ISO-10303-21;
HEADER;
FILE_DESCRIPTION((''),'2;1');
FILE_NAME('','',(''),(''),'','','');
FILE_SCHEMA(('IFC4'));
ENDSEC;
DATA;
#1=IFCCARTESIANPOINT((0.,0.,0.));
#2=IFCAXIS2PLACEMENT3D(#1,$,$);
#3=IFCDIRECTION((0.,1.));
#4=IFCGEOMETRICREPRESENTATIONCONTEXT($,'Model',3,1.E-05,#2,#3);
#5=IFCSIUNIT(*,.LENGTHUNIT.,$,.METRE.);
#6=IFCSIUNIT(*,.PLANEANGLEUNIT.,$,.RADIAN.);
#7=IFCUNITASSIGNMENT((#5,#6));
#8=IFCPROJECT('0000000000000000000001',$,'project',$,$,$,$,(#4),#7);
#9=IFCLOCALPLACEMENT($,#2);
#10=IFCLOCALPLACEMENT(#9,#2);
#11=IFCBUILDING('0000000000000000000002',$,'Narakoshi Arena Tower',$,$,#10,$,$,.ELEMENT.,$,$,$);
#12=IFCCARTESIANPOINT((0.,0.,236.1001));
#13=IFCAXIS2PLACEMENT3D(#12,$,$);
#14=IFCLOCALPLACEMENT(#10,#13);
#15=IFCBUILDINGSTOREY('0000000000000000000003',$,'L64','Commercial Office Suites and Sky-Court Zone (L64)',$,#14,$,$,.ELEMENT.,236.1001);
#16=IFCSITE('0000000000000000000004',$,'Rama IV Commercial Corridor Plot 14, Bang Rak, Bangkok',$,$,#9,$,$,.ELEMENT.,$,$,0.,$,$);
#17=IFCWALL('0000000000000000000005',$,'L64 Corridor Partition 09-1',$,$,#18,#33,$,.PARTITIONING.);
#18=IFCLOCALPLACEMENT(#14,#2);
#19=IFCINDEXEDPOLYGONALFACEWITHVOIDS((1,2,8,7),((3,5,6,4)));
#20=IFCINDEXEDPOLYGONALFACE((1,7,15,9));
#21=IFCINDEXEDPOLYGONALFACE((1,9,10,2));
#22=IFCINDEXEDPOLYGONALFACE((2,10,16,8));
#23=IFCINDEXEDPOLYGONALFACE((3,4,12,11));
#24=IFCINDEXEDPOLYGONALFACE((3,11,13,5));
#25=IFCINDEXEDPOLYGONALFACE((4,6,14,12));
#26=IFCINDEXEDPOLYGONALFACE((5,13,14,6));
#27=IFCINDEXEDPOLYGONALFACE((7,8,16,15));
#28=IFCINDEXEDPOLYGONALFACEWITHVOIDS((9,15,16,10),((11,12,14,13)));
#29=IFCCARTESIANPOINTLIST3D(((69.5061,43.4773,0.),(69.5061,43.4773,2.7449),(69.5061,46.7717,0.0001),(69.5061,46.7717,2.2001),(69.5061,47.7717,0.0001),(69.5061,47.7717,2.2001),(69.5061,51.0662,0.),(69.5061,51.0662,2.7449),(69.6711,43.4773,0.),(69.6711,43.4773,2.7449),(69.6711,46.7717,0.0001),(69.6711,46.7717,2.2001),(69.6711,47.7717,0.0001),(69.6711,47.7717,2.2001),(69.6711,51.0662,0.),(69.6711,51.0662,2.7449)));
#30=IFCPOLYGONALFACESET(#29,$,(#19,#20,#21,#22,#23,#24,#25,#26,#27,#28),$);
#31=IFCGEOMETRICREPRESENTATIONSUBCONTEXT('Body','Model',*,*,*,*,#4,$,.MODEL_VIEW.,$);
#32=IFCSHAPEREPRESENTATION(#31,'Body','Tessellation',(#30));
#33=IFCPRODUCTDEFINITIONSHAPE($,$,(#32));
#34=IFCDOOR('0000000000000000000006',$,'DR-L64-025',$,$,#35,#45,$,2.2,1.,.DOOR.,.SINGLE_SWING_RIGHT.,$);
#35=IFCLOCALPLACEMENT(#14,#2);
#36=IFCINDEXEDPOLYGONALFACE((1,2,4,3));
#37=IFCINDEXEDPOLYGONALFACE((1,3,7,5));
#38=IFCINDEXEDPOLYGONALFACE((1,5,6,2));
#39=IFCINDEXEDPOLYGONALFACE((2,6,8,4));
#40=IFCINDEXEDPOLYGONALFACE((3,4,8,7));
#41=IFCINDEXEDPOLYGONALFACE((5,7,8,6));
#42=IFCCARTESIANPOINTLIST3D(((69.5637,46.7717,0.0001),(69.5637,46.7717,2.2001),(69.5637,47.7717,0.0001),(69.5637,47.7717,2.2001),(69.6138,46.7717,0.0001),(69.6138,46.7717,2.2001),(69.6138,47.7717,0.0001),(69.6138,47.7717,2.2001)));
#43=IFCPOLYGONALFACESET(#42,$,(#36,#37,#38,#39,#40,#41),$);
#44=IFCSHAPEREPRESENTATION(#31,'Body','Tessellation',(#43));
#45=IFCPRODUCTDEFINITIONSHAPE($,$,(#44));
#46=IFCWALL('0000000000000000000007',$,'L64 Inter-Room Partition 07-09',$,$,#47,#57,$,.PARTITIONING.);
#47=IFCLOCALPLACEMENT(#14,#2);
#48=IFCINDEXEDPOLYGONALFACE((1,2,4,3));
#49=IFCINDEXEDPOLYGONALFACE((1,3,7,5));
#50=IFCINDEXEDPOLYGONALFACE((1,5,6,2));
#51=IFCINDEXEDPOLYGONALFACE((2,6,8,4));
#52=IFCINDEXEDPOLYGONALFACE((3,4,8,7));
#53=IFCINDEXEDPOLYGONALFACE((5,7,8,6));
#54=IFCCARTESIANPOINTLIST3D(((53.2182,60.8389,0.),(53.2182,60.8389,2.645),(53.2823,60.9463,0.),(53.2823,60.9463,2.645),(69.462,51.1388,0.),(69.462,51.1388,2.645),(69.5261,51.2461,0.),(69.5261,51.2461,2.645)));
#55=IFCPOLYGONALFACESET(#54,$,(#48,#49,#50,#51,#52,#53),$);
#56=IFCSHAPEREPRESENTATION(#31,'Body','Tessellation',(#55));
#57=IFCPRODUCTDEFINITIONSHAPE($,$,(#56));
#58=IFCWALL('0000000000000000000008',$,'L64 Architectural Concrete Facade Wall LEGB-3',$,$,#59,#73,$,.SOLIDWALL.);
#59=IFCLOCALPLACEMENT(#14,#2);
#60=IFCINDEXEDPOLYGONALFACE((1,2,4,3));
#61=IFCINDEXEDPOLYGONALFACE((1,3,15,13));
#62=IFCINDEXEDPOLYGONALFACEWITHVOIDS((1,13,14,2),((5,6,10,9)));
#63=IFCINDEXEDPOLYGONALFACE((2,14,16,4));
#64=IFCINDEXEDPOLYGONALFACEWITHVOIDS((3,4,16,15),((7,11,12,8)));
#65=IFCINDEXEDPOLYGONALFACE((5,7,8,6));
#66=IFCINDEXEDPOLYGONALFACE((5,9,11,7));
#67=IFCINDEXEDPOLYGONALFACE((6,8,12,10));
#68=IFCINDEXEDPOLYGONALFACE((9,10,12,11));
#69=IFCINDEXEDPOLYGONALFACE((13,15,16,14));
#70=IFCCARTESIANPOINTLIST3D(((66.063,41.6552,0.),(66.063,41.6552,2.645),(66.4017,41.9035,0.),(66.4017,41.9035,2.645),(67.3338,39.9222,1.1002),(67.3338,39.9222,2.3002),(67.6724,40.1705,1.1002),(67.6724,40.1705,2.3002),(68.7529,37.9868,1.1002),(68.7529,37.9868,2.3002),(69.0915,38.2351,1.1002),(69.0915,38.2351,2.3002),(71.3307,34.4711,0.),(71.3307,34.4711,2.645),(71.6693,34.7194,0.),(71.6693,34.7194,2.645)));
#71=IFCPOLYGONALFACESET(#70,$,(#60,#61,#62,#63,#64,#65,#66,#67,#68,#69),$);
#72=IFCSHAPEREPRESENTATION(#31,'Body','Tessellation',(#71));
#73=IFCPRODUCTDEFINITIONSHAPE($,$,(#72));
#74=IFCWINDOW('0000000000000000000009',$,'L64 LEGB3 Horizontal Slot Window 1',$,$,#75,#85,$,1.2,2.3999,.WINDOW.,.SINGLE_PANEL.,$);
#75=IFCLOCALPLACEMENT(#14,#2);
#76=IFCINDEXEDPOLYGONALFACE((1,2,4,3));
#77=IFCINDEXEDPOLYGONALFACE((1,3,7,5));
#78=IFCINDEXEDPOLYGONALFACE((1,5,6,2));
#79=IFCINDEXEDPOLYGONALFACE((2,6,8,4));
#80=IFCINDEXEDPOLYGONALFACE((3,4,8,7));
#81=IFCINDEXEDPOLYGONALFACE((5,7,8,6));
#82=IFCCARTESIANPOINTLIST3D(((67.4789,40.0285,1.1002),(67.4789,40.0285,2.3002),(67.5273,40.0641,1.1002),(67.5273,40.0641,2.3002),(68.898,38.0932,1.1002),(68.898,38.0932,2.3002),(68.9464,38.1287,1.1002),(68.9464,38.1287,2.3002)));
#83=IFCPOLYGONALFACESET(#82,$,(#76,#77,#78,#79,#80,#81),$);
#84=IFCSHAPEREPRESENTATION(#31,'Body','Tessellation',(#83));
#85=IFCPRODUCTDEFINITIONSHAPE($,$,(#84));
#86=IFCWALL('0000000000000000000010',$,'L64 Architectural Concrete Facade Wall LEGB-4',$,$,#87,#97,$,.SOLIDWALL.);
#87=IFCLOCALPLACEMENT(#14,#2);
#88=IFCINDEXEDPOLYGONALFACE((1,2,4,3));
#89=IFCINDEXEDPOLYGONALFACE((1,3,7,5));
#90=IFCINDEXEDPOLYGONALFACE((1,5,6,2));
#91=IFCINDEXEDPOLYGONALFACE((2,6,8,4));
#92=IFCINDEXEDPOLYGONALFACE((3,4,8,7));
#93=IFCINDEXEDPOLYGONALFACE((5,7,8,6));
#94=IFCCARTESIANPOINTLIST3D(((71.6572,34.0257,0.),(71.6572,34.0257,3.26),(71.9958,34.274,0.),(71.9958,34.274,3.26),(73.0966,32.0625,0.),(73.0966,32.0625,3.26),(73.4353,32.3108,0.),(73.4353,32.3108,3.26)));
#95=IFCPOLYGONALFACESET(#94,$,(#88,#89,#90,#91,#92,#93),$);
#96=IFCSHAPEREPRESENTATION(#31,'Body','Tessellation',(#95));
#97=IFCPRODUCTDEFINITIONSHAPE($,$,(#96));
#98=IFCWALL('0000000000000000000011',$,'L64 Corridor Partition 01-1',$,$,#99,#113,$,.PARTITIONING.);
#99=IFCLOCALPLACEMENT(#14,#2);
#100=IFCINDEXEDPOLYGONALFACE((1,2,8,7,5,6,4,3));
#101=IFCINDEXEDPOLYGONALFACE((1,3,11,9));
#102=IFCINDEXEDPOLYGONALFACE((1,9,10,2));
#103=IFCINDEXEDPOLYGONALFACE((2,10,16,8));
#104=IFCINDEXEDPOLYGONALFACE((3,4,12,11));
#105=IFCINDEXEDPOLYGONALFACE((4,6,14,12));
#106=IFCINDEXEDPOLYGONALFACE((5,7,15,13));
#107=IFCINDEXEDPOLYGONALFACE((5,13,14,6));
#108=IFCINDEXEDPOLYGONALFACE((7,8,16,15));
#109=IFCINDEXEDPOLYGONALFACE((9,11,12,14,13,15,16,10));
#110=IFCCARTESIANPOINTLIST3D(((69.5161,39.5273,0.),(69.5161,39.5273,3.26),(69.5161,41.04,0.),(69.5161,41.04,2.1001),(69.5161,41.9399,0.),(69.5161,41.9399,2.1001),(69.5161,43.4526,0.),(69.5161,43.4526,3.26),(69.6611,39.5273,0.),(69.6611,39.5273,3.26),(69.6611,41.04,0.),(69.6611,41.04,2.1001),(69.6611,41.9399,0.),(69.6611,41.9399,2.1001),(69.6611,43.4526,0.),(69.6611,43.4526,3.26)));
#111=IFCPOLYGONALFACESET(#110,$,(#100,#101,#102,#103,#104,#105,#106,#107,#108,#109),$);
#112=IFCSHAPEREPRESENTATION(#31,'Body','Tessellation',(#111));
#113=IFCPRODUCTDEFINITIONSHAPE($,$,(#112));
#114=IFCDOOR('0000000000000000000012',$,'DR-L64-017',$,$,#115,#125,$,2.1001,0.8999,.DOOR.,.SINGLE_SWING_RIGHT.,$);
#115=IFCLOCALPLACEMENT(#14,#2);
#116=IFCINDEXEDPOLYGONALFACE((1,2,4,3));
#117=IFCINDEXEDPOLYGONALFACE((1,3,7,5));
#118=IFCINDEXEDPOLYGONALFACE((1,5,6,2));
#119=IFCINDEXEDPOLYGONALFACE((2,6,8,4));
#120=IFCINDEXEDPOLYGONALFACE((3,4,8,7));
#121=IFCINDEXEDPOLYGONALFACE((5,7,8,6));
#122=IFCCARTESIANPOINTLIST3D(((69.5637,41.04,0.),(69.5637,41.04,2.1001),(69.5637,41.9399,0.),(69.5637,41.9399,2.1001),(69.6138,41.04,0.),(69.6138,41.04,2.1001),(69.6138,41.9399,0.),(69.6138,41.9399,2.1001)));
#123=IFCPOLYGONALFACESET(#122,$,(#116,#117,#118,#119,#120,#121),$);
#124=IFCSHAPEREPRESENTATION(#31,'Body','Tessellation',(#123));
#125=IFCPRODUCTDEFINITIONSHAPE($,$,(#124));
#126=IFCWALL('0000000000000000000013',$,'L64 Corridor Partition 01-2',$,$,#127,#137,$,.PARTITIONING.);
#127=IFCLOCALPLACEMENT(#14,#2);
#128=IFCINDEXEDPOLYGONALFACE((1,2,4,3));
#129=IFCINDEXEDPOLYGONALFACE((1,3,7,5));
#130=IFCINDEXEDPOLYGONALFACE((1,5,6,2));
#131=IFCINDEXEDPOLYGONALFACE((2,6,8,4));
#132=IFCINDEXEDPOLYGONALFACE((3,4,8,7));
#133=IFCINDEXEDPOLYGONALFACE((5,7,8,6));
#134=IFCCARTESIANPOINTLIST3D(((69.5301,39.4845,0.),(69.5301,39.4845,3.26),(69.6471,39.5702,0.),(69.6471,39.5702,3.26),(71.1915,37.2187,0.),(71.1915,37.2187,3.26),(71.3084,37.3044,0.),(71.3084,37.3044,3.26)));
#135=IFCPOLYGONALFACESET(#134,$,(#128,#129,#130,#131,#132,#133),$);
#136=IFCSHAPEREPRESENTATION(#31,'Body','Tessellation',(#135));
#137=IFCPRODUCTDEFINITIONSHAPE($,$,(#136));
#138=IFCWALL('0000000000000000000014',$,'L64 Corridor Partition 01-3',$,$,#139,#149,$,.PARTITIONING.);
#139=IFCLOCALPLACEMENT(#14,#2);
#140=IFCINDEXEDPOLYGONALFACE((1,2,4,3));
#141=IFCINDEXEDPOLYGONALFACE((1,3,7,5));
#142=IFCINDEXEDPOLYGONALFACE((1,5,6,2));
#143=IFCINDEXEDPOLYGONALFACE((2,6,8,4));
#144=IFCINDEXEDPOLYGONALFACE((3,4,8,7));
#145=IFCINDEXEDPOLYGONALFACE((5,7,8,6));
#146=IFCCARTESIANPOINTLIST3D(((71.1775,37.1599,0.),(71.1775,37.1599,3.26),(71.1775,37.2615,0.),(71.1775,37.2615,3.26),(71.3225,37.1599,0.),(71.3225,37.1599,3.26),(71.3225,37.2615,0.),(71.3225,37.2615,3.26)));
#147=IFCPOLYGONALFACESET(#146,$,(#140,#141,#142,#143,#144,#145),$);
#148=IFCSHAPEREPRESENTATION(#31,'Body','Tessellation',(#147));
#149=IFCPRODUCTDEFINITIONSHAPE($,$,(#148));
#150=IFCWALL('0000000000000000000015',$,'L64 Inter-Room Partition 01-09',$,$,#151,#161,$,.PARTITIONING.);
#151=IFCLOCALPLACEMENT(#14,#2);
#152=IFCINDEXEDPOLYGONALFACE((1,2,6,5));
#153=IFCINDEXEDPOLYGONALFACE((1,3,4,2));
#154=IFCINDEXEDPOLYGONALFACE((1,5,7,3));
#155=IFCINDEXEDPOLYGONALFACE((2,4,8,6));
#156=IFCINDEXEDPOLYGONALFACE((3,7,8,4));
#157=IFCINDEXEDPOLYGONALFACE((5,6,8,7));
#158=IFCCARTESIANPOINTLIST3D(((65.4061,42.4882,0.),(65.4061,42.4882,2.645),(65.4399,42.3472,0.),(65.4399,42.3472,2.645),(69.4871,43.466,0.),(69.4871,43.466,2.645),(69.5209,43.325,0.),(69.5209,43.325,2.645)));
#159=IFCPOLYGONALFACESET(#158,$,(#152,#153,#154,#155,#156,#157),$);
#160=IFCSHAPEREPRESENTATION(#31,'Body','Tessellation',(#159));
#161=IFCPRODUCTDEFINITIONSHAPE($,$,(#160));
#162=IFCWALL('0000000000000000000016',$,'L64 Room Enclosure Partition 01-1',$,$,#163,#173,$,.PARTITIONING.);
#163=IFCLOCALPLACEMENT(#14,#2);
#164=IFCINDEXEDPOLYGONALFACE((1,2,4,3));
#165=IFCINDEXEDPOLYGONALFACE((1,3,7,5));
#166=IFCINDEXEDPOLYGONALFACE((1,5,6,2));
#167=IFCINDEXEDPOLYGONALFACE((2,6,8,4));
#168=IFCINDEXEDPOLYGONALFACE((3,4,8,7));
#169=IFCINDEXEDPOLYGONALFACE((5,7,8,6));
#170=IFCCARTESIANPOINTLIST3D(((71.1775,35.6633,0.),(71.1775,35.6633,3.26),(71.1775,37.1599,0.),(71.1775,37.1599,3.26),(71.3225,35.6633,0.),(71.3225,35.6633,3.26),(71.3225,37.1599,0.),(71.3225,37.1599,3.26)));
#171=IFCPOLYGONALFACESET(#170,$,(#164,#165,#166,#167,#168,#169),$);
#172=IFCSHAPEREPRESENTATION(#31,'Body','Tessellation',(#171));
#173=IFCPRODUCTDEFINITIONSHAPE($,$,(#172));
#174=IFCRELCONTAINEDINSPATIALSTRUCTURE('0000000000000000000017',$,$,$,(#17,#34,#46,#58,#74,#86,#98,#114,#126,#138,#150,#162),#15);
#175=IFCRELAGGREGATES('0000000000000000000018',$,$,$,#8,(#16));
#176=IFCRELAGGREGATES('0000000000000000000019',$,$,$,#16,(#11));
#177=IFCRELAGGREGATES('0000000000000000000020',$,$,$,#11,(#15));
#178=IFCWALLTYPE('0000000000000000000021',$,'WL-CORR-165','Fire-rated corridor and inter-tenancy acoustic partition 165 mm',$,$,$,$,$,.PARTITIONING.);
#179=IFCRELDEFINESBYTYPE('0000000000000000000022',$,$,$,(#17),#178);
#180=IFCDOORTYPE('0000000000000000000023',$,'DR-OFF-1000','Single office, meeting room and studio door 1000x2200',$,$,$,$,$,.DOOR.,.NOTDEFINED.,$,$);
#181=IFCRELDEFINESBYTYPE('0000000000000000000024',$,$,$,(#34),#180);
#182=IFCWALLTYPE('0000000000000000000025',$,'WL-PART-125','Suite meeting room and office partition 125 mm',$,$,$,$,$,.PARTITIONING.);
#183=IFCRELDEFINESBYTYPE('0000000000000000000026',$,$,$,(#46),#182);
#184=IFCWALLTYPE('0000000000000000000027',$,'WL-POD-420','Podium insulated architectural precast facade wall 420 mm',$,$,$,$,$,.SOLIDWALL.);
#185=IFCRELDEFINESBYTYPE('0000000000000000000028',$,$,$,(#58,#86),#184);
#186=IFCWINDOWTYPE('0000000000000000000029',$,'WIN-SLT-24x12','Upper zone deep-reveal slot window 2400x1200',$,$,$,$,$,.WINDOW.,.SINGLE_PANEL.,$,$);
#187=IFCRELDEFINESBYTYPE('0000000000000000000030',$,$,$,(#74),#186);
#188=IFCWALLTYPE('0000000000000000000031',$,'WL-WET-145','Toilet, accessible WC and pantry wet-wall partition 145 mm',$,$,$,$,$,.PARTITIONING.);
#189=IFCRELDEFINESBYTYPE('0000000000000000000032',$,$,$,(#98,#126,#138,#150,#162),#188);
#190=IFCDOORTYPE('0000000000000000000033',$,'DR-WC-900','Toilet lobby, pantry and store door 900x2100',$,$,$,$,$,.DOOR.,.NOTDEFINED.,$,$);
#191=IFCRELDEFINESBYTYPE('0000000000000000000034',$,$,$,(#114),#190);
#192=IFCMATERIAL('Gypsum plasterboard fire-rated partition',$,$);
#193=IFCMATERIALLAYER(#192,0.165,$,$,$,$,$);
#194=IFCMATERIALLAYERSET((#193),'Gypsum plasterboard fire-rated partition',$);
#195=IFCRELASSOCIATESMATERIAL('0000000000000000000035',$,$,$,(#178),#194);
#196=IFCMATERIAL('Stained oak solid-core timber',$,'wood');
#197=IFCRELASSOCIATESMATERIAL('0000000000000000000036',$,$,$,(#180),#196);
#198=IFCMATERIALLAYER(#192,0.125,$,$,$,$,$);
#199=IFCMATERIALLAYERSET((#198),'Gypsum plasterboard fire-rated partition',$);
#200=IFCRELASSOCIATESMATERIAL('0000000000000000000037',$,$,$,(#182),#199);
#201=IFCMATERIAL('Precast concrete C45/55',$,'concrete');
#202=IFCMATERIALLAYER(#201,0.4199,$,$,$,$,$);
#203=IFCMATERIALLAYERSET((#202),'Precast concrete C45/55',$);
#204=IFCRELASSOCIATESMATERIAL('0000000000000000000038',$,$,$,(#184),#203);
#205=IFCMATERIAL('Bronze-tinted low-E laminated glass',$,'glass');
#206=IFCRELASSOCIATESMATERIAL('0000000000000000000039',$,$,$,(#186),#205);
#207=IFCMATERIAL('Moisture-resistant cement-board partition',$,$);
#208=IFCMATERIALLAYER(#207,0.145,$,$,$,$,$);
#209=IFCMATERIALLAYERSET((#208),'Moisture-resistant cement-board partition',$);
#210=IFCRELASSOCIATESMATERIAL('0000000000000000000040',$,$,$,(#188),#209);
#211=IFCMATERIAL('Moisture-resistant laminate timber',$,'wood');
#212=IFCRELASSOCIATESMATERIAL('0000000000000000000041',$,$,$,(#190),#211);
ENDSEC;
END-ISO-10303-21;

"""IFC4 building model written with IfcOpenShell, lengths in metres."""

from ifc_helpers import new_model, si_unit, direction, frame, frame_2d, origin, place, context, subcontext, project, spatial, rectangle, extrude, material, layer, layer_set, type_object, element, fill, save


model = new_model("IFC4")

# Units and contexts
model_context = context("Model", 3, precision=1e-05, world=origin(), true_north=direction((0.0, 1.0)))
body_context = subcontext(model_context, "Body", "Model", "MODEL_VIEW")
ifc_project = project(units=[si_unit("LENGTHUNIT", "METRE"), si_unit("PLANEANGLEUNIT", "RADIAN")], contexts=[model_context])

# Site, building, storey
site_placement = place(None, origin())
site = spatial("IfcSite", under=ifc_project, at=site_placement, Name="Rama IV Commercial Corridor Plot 14, Bang Rak, Bangkok", CompositionType="ELEMENT", RefElevation=0.0)
building_placement = place(site_placement, origin())
building = spatial("IfcBuilding", under=site, at=building_placement, Name="Narakoshi Arena Tower", CompositionType="ELEMENT")
storey_placement = place(building_placement, frame((0.0, 0.0, 236.1001)))
storey = spatial("IfcBuildingStorey", under=building, at=storey_placement, Name="L64", Description="Commercial Office Suites and Sky-Court Zone (L64)", CompositionType="ELEMENT", Elevation=236.1001)

# Shared definitions
ifc_material_1 = material(Name="Bronze-tinted low-E laminated glass", Category="glass")

# Shared definitions
ifc_material_2 = material(Name="Gypsum plasterboard fire-rated partition")
ifc_layer_1 = layer(ifc_material_2, 0.165)
ifc_layer_set_1 = layer_set([ifc_layer_1], Name="Gypsum plasterboard fire-rated partition")
wall_type_1 = type_object("IfcWallType", Name="WL-CORR-165", Description="Fire-rated corridor and inter-tenancy acoustic partition 165 mm", PredefinedType="PARTITIONING", material=ifc_layer_set_1)
ifc_material_3 = material(Name="Stained oak solid-core timber", Category="wood")
door_type_1 = type_object("IfcDoorType", Name="DR-OFF-1000", Description="Single office, meeting room and studio door 1000x2200", OperationType="NOTDEFINED", PredefinedType="DOOR", material=ifc_material_3)

# Wall, opening, door
wall_1_placement = place(storey_placement, frame((69.5886, 51.0662, 0.0), z_axis=(0.0, 0.0, 1.0), x_axis=(0.0, -1.0, 0.0)))
wall_1 = element("IfcWall", 1, at=wall_1_placement, inside=storey, type_object=wall_type_1, Name="L64 Corridor Partition 09-1", PredefinedType="PARTITIONING", context=body_context, shape_type="SweptSolid", body=[
    extrude(rectangle(XDim=7.5889, YDim=0.165, at=frame_2d((3.7944, 0.0))), origin(), (0.0, 0.0, 1.0), 2.7449),
])
opening_1_placement = place(wall_1_placement, frame((3.2944, 0.0, 0.0)))
opening_1 = element("IfcOpeningElement", 2, at=opening_1_placement, cuts=wall_1, PredefinedType="OPENING", context=body_context, shape_type="SweptSolid", body=[
    extrude(rectangle(XDim=1.0, YDim=2.2, at=frame_2d((0.5, 1.1001))), frame((0.0, 0.0925, 0.0), z_axis=(0.0, -1.0, 0.0), x_axis=(1.0, 0.0, 0.0)), (0.0, 0.0, 1.0), 0.1851),
])
door_1_placement = place(opening_1_placement, frame((1.0, 0.0, 0.0), z_axis=(0.0, 0.0, 1.0), x_axis=(-1.0, 0.0, 0.0)))
door_1 = element("IfcDoor", 3, at=door_1_placement, inside=storey, type_object=door_type_1, Name="DR-L64-025", OperationType="SINGLE_SWING_RIGHT", OverallHeight=2.2, OverallWidth=1.0, PredefinedType="DOOR", context=body_context, shape_type="SweptSolid", body=[
    extrude(rectangle(XDim=1.0, YDim=2.2, at=frame_2d((0.5, 1.1001))), frame((0.0, 0.0249, 0.0), z_axis=(0.0, -1.0, 0.0), x_axis=(1.0, 0.0, 0.0)), (0.0, 0.0, 1.0), 0.05),
])
fill(opening_1, door_1)

# Wall
ifc_layer_2 = layer(ifc_material_2, 0.125)
ifc_layer_set_2 = layer_set([ifc_layer_2], Name="Gypsum plasterboard fire-rated partition")
wall_type_2 = type_object("IfcWallType", Name="WL-PART-125", Description="Suite meeting room and office partition 125 mm", PredefinedType="PARTITIONING", material=ifc_layer_set_2)
wall_2_placement = place(storey_placement, frame((69.4941, 51.1924, 0.0), z_axis=(0.0, 0.0, 1.0), x_axis=(-0.858567, 0.512701, 0.0)))
element("IfcWall", 4, at=wall_2_placement, inside=storey, type_object=wall_type_2, Name="L64 Inter-Room Partition 07-09", PredefinedType="PARTITIONING", context=body_context, shape_type="SweptSolid", body=[
    extrude(rectangle(XDim=18.9197, YDim=0.125, at=frame_2d((9.46, 0.0))), origin(), (0.0, 0.0, 1.0), 2.645),
])

# Wall, opening, window
ifc_material_4 = material(Name="Precast concrete C45/55", Category="concrete")
ifc_layer_3 = layer(ifc_material_4, 0.4199)
ifc_layer_set_3 = layer_set([ifc_layer_3], Name="Precast concrete C45/55")
wall_type_3 = type_object("IfcWallType", Name="WL-POD-420", Description="Podium insulated architectural precast facade wall 420 mm", PredefinedType="SOLIDWALL", material=ifc_layer_set_3)
wall_3_placement = place(storey_placement, frame((66.2324, 41.7793, 0.0), z_axis=(0.0, 0.0, 1.0), x_axis=(0.591309, -0.806445, 0.0)))
wall_3 = element("IfcWall", 5, at=wall_3_placement, inside=storey, type_object=wall_type_3, Name="L64 Architectural Concrete Facade Wall LEGB-3", PredefinedType="SOLIDWALL", context=body_context, shape_type="SweptSolid", body=[
    extrude(rectangle(XDim=8.9084, YDim=0.4199, at=frame_2d((4.4541, 0.0))), origin(), (0.0, 0.0, 1.0), 2.645),
])
opening_2_placement = place(wall_3_placement, frame((2.1489, 0.0, 1.1001)))
opening_2 = element("IfcOpeningElement", 6, at=opening_2_placement, cuts=wall_3, PredefinedType="OPENING", context=body_context, shape_type="SweptSolid", body=[
    extrude(rectangle(XDim=2.3999, YDim=1.2, at=frame_2d((1.2, 0.6001))), frame((0.0, 0.22, 0.0), z_axis=(0.0, -1.0, 0.0), x_axis=(1.0, 0.0, 0.0)), (0.0, 0.0, 1.0), 0.4399),
])
window_type = type_object("IfcWindowType", Name="WIN-SLT-24x12", Description="Upper zone deep-reveal slot window 2400x1200", PartitioningType="SINGLE_PANEL", PredefinedType="WINDOW", material=ifc_material_1)
window_placement = place(opening_2_placement, origin())
window = element("IfcWindow", 7, at=window_placement, inside=storey, type_object=window_type, Name="L64 LEGB3 Horizontal Slot Window 1", OverallHeight=1.2, OverallWidth=2.3999, PartitioningType="SINGLE_PANEL", PredefinedType="WINDOW", context=body_context, shape_type="SweptSolid", body=[
    extrude(rectangle(XDim=2.3999, YDim=1.2, at=frame_2d((1.2, 0.6001))), frame((0.0, 0.03, 0.0), z_axis=(0.0, -1.0, 0.0), x_axis=(1.0, 0.0, 0.0)), (0.0, 0.0, 1.0), 0.0601),
])
fill(opening_2, window)

# Wall
wall_4_placement = place(storey_placement, frame((71.8264, 34.1499, 0.0), z_axis=(0.0, 0.0, 1.0), x_axis=(0.591316, -0.80644, 0.0)))
element("IfcWall", 8, at=wall_4_placement, inside=storey, type_object=wall_type_3, Name="L64 Architectural Concrete Facade Wall LEGB-4", PredefinedType="SOLIDWALL", context=body_context, shape_type="SweptSolid", body=[
    extrude(rectangle(XDim=2.4343, YDim=0.4199, at=frame_2d((1.2173, 0.0))), origin(), (0.0, 0.0, 1.0), 3.26),
])

# Wall, opening, door
ifc_material_5 = material(Name="Moisture-resistant cement-board partition")
ifc_layer_4 = layer(ifc_material_5, 0.145)
ifc_layer_set_4 = layer_set([ifc_layer_4], Name="Moisture-resistant cement-board partition")
wall_type_4 = type_object("IfcWallType", Name="WL-WET-145", Description="Toilet, accessible WC and pantry wet-wall partition 145 mm", PredefinedType="PARTITIONING", material=ifc_layer_set_4)
wall_5_placement = place(storey_placement, frame((69.5886, 43.4526, 0.0), z_axis=(0.0, 0.0, 1.0), x_axis=(0.0, -1.0, 0.0)))
wall_5 = element("IfcWall", 9, at=wall_5_placement, inside=storey, type_object=wall_type_4, Name="L64 Corridor Partition 01-1", PredefinedType="PARTITIONING", context=body_context, shape_type="SweptSolid", body=[
    extrude(rectangle(XDim=3.9253, YDim=0.145, at=frame_2d((1.9626, 0.0))), origin(), (0.0, 0.0, 1.0), 3.26),
])
opening_3_placement = place(wall_5_placement, frame((1.5127, 0.0, 0.0)))
opening_3 = element("IfcOpeningElement", 10, at=opening_3_placement, cuts=wall_5, PredefinedType="OPENING", context=body_context, shape_type="SweptSolid", body=[
    extrude(rectangle(XDim=0.8999, YDim=2.1001, at=frame_2d((0.45, 1.05))), frame((0.0, 0.0825, 0.0), z_axis=(0.0, -1.0, 0.0), x_axis=(1.0, 0.0, 0.0)), (0.0, 0.0, 1.0), 0.165),
])
ifc_material_6 = material(Name="Moisture-resistant laminate timber", Category="wood")
door_type_2 = type_object("IfcDoorType", Name="DR-WC-900", Description="Toilet lobby, pantry and store door 900x2100", OperationType="NOTDEFINED", PredefinedType="DOOR", material=ifc_material_6)
door_2_placement = place(opening_3_placement, frame((0.8999, 0.0, 0.0), z_axis=(0.0, 0.0, 1.0), x_axis=(-1.0, 0.0, 0.0)))
door_2 = element("IfcDoor", 11, at=door_2_placement, inside=storey, type_object=door_type_2, Name="DR-L64-017", OperationType="SINGLE_SWING_RIGHT", OverallHeight=2.1001, OverallWidth=0.8999, PredefinedType="DOOR", context=body_context, shape_type="SweptSolid", body=[
    extrude(rectangle(XDim=0.8999, YDim=2.1001, at=frame_2d((0.45, 1.05))), frame((0.0, 0.0249, 0.0), z_axis=(0.0, -1.0, 0.0), x_axis=(1.0, 0.0, 0.0)), (0.0, 0.0, 1.0), 0.05),
])
fill(opening_3, door_2)

# Walls
wall_6_placement = place(storey_placement, frame((69.5886, 39.5273, 0.0), z_axis=(0.0, 0.0, 1.0), x_axis=(0.591303, -0.806449, 0.0)))
element("IfcWall", 12, at=wall_6_placement, inside=storey, type_object=wall_type_4, Name="L64 Corridor Partition 01-2", PredefinedType="PARTITIONING", context=body_context, shape_type="SweptSolid", body=[
    extrude(rectangle(XDim=2.8096, YDim=0.145, at=frame_2d((1.4048, 0.0))), origin(), (0.0, 0.0, 1.0), 3.26),
])
wall_7_placement = place(storey_placement, frame((71.25, 37.2615, 0.0), z_axis=(0.0, 0.0, 1.0), x_axis=(0.0, -1.0, 0.0)))
element("IfcWall", 13, at=wall_7_placement, inside=storey, type_object=wall_type_4, Name="L64 Corridor Partition 01-3", PredefinedType="PARTITIONING", context=body_context, shape_type="SweptSolid", body=[
    extrude(rectangle(XDim=0.1016, YDim=0.145, at=frame_2d((0.0508, 0.0))), origin(), (0.0, 0.0, 1.0), 3.26),
])
wall_8_placement = place(storey_placement, frame((65.4231, 42.4177, 0.0), z_axis=(0.0, 0.0, 1.0), x_axis=(0.972478, 0.232997, 0.0)))
element("IfcWall", 14, at=wall_8_placement, inside=storey, type_object=wall_type_4, Name="L64 Inter-Room Partition 01-09", PredefinedType="PARTITIONING", context=body_context, shape_type="SweptSolid", body=[
    extrude(rectangle(XDim=4.1965, YDim=0.145, at=frame_2d((2.0981, 0.0))), origin(), (0.0, 0.0, 1.0), 2.645),
])
wall_9_placement = place(storey_placement, frame((71.25, 37.1599, 0.0), z_axis=(0.0, 0.0, 1.0), x_axis=(0.0, -1.0, 0.0)))
element("IfcWall", 15, at=wall_9_placement, inside=storey, type_object=wall_type_4, Name="L64 Room Enclosure Partition 01-1", PredefinedType="PARTITIONING", context=body_context, shape_type="SweptSolid", body=[
    extrude(rectangle(XDim=1.4966, YDim=0.145, at=frame_2d((0.7483, 0.0))), origin(), (0.0, 0.0, 1.0), 3.26),
])

save(model, "model.ifc")
